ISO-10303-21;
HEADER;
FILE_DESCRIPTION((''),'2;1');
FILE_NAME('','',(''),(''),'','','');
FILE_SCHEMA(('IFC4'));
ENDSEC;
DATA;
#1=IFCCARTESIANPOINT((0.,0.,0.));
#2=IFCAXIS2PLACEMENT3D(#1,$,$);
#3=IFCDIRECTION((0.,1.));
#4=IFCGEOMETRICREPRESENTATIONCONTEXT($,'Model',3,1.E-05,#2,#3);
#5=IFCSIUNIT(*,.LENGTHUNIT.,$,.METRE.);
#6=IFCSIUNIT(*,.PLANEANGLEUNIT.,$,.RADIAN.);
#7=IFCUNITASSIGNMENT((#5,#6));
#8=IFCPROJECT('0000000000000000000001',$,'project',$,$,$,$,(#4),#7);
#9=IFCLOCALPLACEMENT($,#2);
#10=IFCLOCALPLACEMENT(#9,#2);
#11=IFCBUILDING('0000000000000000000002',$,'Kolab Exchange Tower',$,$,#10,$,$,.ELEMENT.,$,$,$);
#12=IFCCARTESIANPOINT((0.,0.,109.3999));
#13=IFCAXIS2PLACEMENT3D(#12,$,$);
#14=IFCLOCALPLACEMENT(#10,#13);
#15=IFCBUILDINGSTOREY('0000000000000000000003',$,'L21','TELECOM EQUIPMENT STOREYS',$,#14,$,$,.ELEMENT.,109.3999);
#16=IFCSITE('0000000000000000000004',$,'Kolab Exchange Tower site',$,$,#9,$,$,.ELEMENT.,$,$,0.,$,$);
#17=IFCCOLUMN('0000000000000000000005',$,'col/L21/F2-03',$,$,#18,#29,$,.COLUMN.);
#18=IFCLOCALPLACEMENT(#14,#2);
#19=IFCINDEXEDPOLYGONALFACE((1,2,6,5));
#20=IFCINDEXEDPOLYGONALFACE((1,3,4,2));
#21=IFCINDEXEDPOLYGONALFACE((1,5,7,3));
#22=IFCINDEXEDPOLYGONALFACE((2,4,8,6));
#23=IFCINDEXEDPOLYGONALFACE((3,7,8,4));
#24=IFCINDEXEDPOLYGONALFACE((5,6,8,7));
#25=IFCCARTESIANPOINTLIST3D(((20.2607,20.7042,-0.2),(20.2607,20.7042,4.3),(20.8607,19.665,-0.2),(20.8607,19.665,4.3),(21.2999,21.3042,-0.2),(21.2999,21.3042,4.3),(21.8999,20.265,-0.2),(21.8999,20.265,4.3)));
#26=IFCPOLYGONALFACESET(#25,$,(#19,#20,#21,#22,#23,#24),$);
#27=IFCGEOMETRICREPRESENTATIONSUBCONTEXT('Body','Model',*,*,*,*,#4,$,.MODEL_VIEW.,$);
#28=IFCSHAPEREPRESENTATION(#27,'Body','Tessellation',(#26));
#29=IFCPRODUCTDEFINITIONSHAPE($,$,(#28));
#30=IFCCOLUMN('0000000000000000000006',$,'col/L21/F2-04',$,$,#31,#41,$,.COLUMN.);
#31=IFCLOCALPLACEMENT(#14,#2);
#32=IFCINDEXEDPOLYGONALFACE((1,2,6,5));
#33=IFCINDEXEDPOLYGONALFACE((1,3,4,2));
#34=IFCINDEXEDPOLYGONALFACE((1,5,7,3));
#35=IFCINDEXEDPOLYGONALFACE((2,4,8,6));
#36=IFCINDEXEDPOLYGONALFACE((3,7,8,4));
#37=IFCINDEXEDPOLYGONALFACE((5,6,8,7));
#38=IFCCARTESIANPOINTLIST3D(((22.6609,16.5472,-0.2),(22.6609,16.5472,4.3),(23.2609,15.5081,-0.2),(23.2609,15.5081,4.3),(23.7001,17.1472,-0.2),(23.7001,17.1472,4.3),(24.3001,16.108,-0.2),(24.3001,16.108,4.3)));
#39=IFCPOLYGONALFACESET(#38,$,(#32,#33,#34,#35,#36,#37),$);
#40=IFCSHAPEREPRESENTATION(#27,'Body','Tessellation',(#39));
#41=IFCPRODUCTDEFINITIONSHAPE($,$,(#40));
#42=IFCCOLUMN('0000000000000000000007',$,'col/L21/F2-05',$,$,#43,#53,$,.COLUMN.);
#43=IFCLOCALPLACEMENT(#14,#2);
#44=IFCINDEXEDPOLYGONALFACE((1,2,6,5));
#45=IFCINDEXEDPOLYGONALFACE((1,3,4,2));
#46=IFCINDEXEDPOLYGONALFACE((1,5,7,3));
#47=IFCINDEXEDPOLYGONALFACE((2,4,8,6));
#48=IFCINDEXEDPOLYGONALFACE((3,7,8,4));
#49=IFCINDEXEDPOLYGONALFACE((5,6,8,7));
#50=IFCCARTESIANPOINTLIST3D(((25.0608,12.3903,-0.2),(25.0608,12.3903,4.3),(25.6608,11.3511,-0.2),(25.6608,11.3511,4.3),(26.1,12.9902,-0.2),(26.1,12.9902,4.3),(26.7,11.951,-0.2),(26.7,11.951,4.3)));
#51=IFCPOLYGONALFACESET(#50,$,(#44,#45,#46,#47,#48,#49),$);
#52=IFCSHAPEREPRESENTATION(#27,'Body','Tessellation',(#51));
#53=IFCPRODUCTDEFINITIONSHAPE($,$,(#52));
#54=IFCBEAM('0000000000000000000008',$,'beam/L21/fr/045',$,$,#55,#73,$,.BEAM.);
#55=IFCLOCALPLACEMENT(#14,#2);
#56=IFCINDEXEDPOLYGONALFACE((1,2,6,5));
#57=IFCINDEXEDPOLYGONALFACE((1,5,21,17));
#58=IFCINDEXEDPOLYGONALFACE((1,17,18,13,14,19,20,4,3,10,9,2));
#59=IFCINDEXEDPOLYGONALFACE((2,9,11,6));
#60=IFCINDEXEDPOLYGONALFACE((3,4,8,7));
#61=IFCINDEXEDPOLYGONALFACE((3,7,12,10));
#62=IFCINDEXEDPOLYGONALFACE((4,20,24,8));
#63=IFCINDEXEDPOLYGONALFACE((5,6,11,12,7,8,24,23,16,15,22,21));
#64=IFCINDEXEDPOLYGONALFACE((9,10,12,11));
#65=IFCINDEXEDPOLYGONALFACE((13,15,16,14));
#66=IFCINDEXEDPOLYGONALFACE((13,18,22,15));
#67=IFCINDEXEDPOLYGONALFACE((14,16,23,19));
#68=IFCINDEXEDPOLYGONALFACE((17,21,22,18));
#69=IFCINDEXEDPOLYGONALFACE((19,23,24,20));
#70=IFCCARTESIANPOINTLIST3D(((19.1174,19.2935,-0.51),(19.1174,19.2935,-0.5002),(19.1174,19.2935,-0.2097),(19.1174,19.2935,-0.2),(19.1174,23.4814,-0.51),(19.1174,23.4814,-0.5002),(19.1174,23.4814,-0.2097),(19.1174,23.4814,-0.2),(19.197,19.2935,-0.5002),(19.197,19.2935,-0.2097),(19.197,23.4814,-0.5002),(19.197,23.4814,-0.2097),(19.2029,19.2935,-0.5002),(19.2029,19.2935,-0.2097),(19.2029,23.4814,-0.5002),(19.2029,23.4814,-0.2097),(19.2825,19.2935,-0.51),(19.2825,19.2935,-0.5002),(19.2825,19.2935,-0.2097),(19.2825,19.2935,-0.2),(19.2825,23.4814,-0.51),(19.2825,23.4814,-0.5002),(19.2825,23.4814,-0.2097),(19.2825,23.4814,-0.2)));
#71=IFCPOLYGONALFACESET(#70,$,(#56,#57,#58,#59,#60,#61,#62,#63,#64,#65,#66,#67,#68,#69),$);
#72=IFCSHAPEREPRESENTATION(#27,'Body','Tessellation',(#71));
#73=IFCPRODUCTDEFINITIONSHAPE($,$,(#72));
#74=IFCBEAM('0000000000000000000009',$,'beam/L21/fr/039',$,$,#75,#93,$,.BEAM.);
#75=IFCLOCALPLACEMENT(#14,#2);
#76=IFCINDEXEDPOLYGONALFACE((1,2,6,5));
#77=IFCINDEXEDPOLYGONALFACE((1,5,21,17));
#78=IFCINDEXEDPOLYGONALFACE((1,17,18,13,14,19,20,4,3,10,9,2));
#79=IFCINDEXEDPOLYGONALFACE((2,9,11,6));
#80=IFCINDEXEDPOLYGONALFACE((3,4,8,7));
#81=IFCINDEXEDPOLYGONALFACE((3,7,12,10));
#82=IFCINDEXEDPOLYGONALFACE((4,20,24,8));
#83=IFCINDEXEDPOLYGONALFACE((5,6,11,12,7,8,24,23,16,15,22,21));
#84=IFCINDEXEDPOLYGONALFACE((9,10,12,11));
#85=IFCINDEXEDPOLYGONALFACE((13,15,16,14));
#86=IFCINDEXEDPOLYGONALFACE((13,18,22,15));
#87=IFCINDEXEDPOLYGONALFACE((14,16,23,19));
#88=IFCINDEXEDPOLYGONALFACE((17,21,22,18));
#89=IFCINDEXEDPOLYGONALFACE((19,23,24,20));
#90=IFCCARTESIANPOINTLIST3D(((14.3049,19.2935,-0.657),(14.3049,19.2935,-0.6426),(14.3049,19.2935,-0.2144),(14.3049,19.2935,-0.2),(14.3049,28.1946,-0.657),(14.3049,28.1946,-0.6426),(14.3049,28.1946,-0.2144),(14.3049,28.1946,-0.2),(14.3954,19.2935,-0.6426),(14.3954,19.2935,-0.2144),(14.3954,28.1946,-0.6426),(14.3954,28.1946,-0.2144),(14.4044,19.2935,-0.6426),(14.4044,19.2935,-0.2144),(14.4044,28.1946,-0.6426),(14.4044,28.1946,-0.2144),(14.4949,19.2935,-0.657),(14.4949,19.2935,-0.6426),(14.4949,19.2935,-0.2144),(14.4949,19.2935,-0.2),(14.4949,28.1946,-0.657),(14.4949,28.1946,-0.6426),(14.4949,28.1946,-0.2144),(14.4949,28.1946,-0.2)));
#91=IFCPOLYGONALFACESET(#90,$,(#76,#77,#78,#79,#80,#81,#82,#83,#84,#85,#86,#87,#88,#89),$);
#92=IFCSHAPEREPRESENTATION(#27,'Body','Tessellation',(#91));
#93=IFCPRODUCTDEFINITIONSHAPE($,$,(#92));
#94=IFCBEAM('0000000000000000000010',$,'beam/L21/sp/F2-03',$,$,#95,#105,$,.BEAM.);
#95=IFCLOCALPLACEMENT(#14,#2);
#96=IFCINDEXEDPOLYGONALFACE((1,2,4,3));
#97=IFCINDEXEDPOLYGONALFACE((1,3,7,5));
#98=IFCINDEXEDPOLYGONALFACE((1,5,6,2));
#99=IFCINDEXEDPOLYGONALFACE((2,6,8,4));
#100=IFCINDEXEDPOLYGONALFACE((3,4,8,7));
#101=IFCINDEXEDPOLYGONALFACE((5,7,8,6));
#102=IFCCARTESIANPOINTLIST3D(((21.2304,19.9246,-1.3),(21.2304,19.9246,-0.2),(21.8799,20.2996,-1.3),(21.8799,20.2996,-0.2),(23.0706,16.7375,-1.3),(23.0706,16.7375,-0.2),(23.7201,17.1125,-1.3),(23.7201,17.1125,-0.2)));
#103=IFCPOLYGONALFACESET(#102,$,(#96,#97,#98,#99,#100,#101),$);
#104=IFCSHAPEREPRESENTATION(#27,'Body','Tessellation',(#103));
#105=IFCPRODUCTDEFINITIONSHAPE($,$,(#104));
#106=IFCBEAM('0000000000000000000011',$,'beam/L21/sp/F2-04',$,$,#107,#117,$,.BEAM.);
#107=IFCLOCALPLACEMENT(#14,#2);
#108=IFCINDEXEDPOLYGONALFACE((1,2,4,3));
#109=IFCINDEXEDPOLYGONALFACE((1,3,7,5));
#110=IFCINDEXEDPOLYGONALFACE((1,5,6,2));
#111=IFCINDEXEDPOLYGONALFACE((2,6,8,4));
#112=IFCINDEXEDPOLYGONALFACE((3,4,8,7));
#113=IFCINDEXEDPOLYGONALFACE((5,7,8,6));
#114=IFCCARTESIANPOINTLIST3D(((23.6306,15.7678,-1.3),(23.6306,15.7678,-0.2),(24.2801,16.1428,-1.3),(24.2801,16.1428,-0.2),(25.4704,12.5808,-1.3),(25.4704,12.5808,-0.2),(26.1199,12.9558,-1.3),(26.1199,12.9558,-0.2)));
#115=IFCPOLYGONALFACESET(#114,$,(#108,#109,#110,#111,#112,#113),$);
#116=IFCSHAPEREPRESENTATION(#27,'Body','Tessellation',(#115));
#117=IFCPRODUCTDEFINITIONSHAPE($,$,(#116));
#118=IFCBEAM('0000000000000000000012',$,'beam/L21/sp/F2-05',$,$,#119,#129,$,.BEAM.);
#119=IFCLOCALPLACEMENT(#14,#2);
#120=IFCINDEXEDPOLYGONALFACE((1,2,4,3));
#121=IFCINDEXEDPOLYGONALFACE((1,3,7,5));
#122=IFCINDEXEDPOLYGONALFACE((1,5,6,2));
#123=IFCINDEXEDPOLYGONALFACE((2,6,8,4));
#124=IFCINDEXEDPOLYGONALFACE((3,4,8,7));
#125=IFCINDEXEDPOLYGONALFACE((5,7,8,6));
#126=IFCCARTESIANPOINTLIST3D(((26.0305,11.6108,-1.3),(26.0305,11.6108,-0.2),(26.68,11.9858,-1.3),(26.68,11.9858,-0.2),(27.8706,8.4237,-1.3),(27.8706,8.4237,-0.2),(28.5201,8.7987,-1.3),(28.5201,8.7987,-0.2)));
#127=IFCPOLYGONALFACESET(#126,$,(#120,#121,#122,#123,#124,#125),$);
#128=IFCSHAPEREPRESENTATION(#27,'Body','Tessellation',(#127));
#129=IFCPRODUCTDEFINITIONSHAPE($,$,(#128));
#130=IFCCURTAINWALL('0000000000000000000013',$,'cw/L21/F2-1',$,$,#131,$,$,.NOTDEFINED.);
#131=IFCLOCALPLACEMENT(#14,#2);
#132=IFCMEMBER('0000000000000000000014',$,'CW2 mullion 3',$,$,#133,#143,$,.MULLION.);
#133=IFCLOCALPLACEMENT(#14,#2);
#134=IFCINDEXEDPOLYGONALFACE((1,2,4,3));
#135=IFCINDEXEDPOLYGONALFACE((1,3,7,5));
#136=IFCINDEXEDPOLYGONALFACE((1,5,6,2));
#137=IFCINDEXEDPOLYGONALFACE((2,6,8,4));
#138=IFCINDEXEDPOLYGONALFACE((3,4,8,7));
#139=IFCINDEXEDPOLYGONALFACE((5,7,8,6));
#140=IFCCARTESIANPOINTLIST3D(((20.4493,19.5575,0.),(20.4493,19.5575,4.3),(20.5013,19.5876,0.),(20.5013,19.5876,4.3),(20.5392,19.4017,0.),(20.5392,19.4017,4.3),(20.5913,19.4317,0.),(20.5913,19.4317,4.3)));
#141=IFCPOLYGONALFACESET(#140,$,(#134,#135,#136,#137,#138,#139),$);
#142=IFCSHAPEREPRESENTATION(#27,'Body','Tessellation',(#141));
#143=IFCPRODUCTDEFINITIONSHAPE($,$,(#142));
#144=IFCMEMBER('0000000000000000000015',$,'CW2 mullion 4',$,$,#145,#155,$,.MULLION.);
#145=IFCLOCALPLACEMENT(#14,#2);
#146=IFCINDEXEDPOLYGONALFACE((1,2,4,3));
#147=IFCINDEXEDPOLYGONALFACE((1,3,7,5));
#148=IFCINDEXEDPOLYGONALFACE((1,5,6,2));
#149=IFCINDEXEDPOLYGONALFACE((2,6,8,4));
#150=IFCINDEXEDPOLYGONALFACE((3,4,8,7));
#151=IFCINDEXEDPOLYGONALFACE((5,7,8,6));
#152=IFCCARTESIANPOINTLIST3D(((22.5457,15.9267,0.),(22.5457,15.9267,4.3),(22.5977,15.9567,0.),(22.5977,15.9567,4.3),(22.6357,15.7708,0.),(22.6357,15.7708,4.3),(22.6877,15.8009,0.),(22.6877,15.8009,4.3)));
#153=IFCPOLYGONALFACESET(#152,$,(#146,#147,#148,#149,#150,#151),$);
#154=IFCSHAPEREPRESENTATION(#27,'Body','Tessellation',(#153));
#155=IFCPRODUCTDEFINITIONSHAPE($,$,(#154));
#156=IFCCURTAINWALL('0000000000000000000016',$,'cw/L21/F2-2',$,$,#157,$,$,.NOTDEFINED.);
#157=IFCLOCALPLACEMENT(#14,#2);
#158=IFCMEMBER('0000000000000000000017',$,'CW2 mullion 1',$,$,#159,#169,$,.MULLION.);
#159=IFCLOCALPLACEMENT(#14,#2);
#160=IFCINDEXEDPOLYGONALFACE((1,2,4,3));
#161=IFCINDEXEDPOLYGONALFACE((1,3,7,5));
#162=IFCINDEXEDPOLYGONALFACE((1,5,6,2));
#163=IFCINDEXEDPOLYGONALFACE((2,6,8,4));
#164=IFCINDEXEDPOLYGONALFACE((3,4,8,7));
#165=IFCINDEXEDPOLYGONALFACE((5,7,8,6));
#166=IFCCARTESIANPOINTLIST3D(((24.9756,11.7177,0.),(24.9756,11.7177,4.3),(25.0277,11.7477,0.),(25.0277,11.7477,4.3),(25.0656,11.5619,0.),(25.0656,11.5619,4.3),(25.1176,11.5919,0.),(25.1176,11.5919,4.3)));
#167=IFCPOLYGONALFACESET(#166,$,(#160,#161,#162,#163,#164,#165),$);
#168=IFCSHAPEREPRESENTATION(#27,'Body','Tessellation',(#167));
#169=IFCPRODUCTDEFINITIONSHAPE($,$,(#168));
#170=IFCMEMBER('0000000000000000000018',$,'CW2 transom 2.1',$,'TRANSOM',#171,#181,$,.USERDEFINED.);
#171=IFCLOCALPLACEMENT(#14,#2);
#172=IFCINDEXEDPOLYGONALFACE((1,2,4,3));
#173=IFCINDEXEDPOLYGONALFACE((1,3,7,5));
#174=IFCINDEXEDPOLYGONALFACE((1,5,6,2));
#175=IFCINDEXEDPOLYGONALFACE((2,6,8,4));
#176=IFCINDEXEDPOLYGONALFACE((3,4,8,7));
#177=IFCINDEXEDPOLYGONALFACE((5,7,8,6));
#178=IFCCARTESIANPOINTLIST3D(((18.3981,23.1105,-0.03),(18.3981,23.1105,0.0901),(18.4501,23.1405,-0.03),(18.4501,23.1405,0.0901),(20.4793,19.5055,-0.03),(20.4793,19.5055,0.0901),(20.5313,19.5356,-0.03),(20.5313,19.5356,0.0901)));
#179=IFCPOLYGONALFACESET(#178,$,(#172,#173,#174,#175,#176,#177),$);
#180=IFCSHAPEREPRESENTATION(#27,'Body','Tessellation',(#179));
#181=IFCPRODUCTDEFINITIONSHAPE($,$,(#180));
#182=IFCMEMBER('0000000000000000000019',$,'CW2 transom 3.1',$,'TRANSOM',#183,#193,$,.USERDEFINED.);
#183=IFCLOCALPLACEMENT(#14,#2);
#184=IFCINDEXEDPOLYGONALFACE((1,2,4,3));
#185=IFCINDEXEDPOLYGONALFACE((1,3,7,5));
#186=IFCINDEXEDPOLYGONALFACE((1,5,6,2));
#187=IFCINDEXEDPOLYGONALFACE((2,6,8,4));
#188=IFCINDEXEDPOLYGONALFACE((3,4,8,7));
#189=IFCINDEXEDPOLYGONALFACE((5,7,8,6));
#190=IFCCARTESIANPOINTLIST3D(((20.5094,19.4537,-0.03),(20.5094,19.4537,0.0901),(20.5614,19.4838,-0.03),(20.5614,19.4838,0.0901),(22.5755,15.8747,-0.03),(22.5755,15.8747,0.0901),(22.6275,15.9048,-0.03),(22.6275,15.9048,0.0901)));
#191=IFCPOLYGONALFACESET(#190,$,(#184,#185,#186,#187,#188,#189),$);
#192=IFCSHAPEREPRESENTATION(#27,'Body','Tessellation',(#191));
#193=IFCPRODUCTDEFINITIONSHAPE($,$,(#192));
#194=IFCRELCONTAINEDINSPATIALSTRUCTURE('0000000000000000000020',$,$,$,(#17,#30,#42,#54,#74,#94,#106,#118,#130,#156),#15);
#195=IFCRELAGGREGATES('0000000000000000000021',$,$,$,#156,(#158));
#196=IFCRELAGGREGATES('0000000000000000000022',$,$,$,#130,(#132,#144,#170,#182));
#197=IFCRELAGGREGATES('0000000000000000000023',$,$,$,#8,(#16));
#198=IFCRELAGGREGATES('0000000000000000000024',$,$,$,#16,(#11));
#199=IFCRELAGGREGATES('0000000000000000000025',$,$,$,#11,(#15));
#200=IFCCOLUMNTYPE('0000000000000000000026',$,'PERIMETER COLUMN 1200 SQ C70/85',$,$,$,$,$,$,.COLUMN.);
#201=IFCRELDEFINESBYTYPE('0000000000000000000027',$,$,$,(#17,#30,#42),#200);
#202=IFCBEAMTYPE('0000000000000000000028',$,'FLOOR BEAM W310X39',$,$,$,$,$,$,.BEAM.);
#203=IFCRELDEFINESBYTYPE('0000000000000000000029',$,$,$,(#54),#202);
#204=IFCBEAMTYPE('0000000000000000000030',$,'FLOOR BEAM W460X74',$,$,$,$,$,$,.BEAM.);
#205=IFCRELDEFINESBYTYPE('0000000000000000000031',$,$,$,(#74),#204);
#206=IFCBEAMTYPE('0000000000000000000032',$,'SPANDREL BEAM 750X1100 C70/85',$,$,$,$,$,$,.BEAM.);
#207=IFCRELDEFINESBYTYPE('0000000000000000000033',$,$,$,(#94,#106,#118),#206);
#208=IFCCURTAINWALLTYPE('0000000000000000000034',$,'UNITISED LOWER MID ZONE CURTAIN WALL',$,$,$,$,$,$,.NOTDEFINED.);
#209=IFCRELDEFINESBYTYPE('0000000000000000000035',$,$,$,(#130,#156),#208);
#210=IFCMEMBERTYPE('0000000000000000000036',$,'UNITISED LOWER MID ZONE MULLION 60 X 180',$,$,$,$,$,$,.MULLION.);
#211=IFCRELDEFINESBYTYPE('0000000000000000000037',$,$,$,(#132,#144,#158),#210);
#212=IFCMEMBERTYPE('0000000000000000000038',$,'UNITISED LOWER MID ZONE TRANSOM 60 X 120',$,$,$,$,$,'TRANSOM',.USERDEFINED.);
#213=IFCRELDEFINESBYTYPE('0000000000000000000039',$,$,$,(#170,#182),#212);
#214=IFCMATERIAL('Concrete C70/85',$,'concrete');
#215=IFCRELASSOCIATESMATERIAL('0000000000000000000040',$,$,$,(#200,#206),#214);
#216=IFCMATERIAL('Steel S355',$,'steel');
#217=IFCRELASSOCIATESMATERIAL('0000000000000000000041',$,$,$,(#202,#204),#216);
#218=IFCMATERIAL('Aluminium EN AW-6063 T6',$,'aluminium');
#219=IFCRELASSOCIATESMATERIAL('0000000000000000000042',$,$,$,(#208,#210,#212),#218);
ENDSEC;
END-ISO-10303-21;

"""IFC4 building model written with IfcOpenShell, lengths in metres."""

from ifc_helpers import new_model, si_unit, direction, frame, origin, origin_2d, place, context, subcontext, project, spatial, rectangle, i_section, extrude, material, material_profile, profile_set, type_object, element, aggregate, save


model = new_model("IFC4")

# Units and contexts
model_context = context("Model", 3, precision=1e-05, world=origin(), true_north=direction((0.0, 1.0)))
body_context = subcontext(model_context, "Body", "Model", "MODEL_VIEW")
ifc_project = project(units=[si_unit("LENGTHUNIT", "METRE"), si_unit("PLANEANGLEUNIT", "RADIAN")], contexts=[model_context])

# Site, building, storey
site_placement = place(None, origin())
site = spatial("IfcSite", under=ifc_project, at=site_placement, Name="Kolab Exchange Tower site", CompositionType="ELEMENT", RefElevation=0.0)
building_placement = place(site_placement, origin())
building = spatial("IfcBuilding", under=site, at=building_placement, Name="Kolab Exchange Tower", CompositionType="ELEMENT")
storey_placement = place(building_placement, frame((0.0, 0.0, 109.3999)))
storey = spatial("IfcBuildingStorey", under=building, at=storey_placement, Name="L21", Description="TELECOM EQUIPMENT STOREYS", CompositionType="ELEMENT", Elevation=109.3999)

# Columns
ifc_material_1 = material(Name="Concrete C70/85", Category="concrete")
ifc_material_profile_1 = material_profile(ifc_material_1, rectangle(XDim=1.2, YDim=1.2, at=origin_2d()), Name="RC1200")
ifc_profile_set_1 = profile_set([ifc_material_profile_1], Name="Concrete C70/85")
column_type = type_object("IfcColumnType", Name="PERIMETER COLUMN 1200 SQ C70/85", PredefinedType="COLUMN", material=ifc_profile_set_1)
for number, where, z_axis, x_axis, name in (
    (1, (21.0803, 20.4846, -0.2), (0.0, 0.0, 1.0), (0.866025, 0.5, 0.0), "col/L21/F2-03"),
    (2, (23.4805, 16.3276, -0.2), (0.0, 0.0, 1.0), (0.866025, 0.5, 0.0), "col/L21/F2-04"),
    (3, (25.8804, 12.1707, -0.2), (0.0, 0.0, 1.0), (0.866025, 0.5, 0.0), "col/L21/F2-05"),
):
    element("IfcColumn", number, at=place(storey_placement, frame(where, z_axis=z_axis, x_axis=x_axis)), inside=storey, type_object=column_type, Name=name, PredefinedType="COLUMN", context=body_context, shape_type="SweptSolid", body=[
        extrude(rectangle(XDim=1.2, YDim=1.2, at=origin_2d()), origin(), (0.0, 0.0, 1.0), 4.5),
    ])

# Beams
ifc_material_2 = material(Name="Steel S355", Category="steel")
ifc_material_profile_2 = material_profile(ifc_material_2, i_section(OverallWidth=0.165, OverallDepth=0.3101, WebThickness=0.0059, FlangeThickness=0.0098, at=origin_2d()), Name="W310X39")
ifc_profile_set_2 = profile_set([ifc_material_profile_2], Name="Steel S355")
beam_type_1 = type_object("IfcBeamType", Name="FLOOR BEAM W310X39", PredefinedType="BEAM", material=ifc_profile_set_2)
beam_1_placement = place(storey_placement, frame((19.2, 19.2935, -0.355), z_axis=(0.0, 1.0, 0.0), x_axis=(-1.0, 0.0, 0.0)))
element("IfcBeam", 4, at=beam_1_placement, inside=storey, type_object=beam_type_1, Name="beam/L21/fr/045", PredefinedType="BEAM", context=body_context, shape_type="SweptSolid", body=[
    extrude(i_section(OverallWidth=0.165, OverallDepth=0.3101, WebThickness=0.0059, FlangeThickness=0.0098, at=origin_2d()), origin(), (0.0, 0.0, 1.0), 4.188),
])
ifc_material_profile_3 = material_profile(ifc_material_2, i_section(OverallWidth=0.1899, OverallDepth=0.457, WebThickness=0.009, FlangeThickness=0.0144, at=origin_2d()), Name="W460X74")
ifc_profile_set_3 = profile_set([ifc_material_profile_3], Name="Steel S355")
beam_type_2 = type_object("IfcBeamType", Name="FLOOR BEAM W460X74", PredefinedType="BEAM", material=ifc_profile_set_3)
beam_2_placement = place(storey_placement, frame((14.3999, 19.2935, -0.4285), z_axis=(0.0, 1.0, 0.0), x_axis=(-1.0, 0.0, 0.0)))
element("IfcBeam", 5, at=beam_2_placement, inside=storey, type_object=beam_type_2, Name="beam/L21/fr/039", PredefinedType="BEAM", context=body_context, shape_type="SweptSolid", body=[
    extrude(i_section(OverallWidth=0.1899, OverallDepth=0.457, WebThickness=0.009, FlangeThickness=0.0144, at=origin_2d()), origin(), (0.0, 0.0, 1.0), 8.9011),
])
ifc_material_profile_4 = material_profile(ifc_material_1, rectangle(XDim=0.75, YDim=1.1001, at=origin_2d()), Name="RC750X1100")
ifc_profile_set_4 = profile_set([ifc_material_profile_4], Name="Concrete C70/85")
beam_type_3 = type_object("IfcBeamType", Name="SPANDREL BEAM 750X1100 C70/85", PredefinedType="BEAM", material=ifc_profile_set_4)
beam_3_placement = place(storey_placement, frame((21.5552, 20.1121, -0.75), z_axis=(0.500013, -0.866018, 0.0), x_axis=(0.866018, 0.500013, 0.0)))
element("IfcBeam", 6, at=beam_3_placement, inside=storey, type_object=beam_type_3, Name="beam/L21/sp/F2-03", PredefinedType="BEAM", context=body_context, shape_type="SweptSolid", body=[
    extrude(rectangle(XDim=0.75, YDim=1.1001, at=origin_2d()), origin(), (0.0, 0.0, 1.0), 3.6802),
])
beam_4_placement = place(storey_placement, frame((23.9553, 15.9553, -0.75), z_axis=(0.499964, -0.866046, 0.0), x_axis=(0.866046, 0.499964, 0.0)))
element("IfcBeam", 7, at=beam_4_placement, inside=storey, type_object=beam_type_3, Name="beam/L21/sp/F2-04", PredefinedType="BEAM", context=body_context, shape_type="SweptSolid", body=[
    extrude(rectangle(XDim=0.75, YDim=1.1001, at=origin_2d()), origin(), (0.0, 0.0, 1.0), 3.6799),
])
beam_5_placement = place(storey_placement, frame((26.3552, 11.7983, -0.75), z_axis=(0.500013, -0.866018, 0.0), x_axis=(0.866018, 0.500013, 0.0)))
element("IfcBeam", 8, at=beam_5_placement, inside=storey, type_object=beam_type_3, Name="beam/L21/sp/F2-05", PredefinedType="BEAM", context=body_context, shape_type="SweptSolid", body=[
    extrude(rectangle(XDim=0.75, YDim=1.1001, at=origin_2d()), origin(), (0.0, 0.0, 1.0), 3.6802),
])

# Curtain wall, members
ifc_material_3 = material(Name="Aluminium EN AW-6063 T6", Category="aluminium")
curtain_wall_type = type_object("IfcCurtainWallType", Name="UNITISED LOWER MID ZONE CURTAIN WALL", PredefinedType="NOTDEFINED", material=ifc_material_3)
curtain_wall_1_placement = place(storey_placement, origin())
curtain_wall_1 = element("IfcCurtainWall", 9, at=curtain_wall_1_placement, inside=storey, type_object=curtain_wall_type, Name="cw/L21/F2-1", PredefinedType="NOTDEFINED")
ifc_material_profile_5 = material_profile(ifc_material_3, rectangle(XDim=0.0601, YDim=0.1799, at=origin_2d()), Name="RECT 60X180")
ifc_profile_set_5 = profile_set([ifc_material_profile_5], Name="Aluminium EN AW-6063 T6")
member_type_1 = type_object("IfcMemberType", Name="UNITISED LOWER MID ZONE MULLION 60 X 180", PredefinedType="MULLION", material=ifc_profile_set_5)
member_1_placement = place(storey_placement, frame((20.5203, 19.4946, 0.0), z_axis=(0.0, 0.0, 1.0), x_axis=(0.866025, 0.5, 0.0)))
member_1 = element("IfcMember", 10, at=member_1_placement, type_object=member_type_1, Name="CW2 mullion 3", PredefinedType="MULLION", context=body_context, shape_type="SweptSolid", body=[
    extrude(rectangle(XDim=0.0601, YDim=0.1799, at=origin_2d()), origin(), (0.0, 0.0, 1.0), 4.3),
])
member_2_placement = place(storey_placement, frame((22.6167, 15.8638, 0.0), z_axis=(0.0, 0.0, 1.0), x_axis=(0.866025, 0.5, 0.0)))
member_2 = element("IfcMember", 11, at=member_2_placement, type_object=member_type_1, Name="CW2 mullion 4", PredefinedType="MULLION", context=body_context, shape_type="SweptSolid", body=[
    extrude(rectangle(XDim=0.0601, YDim=0.1799, at=origin_2d()), origin(), (0.0, 0.0, 1.0), 4.3),
])

# Curtain wall, member
curtain_wall_2_placement = place(storey_placement, origin())
curtain_wall_2 = element("IfcCurtainWall", 12, at=curtain_wall_2_placement, inside=storey, type_object=curtain_wall_type, Name="cw/L21/F2-2", PredefinedType="NOTDEFINED")
member_3_placement = place(storey_placement, frame((25.0466, 11.6548, 0.0), z_axis=(0.0, 0.0, 1.0), x_axis=(0.866025, 0.5, 0.0)))
member_3 = element("IfcMember", 13, at=member_3_placement, type_object=member_type_1, Name="CW2 mullion 1", PredefinedType="MULLION", context=body_context, shape_type="SweptSolid", body=[
    extrude(rectangle(XDim=0.0601, YDim=0.1799, at=origin_2d()), origin(), (0.0, 0.0, 1.0), 4.3),
])

# Members
ifc_material_profile_6 = material_profile(ifc_material_3, rectangle(XDim=0.0601, YDim=0.1201, at=origin_2d()), Name="RECT 60X120")
ifc_profile_set_6 = profile_set([ifc_material_profile_6], Name="Aluminium EN AW-6063 T6")
member_type_2 = type_object("IfcMemberType", Name="UNITISED LOWER MID ZONE TRANSOM 60 X 120", ElementType="TRANSOM", PredefinedType="USERDEFINED", material=ifc_profile_set_6)
member_4_placement = place(storey_placement, frame((18.4241, 23.1255, 0.03), z_axis=(0.499993, -0.866029, 0.0), x_axis=(0.866029, 0.499993, 0.0)))
member_4 = element("IfcMember", 14, at=member_4_placement, type_object=member_type_2, Name="CW2 transom 2.1", ObjectType="TRANSOM", PredefinedType="USERDEFINED", context=body_context, shape_type="SweptSolid", body=[
    extrude(rectangle(XDim=0.0601, YDim=0.1201, at=origin_2d()), origin(), (0.0, 0.0, 1.0), 4.1626),
])
member_5_placement = place(storey_placement, frame((20.5354, 19.4688, 0.03), z_axis=(0.499958, -0.86605, 0.0), x_axis=(0.86605, 0.499958, 0.0)))
member_5 = element("IfcMember", 15, at=member_5_placement, type_object=member_type_2, Name="CW2 transom 3.1", ObjectType="TRANSOM", PredefinedType="USERDEFINED", context=body_context, shape_type="SweptSolid", body=[
    extrude(rectangle(XDim=0.0601, YDim=0.1201, at=origin_2d()), origin(), (0.0, 0.0, 1.0), 4.1326),
])
aggregate(curtain_wall_2, [member_3])

aggregate(curtain_wall_1, [member_1, member_2, member_4, member_5])

save(model, "model.ifc")
